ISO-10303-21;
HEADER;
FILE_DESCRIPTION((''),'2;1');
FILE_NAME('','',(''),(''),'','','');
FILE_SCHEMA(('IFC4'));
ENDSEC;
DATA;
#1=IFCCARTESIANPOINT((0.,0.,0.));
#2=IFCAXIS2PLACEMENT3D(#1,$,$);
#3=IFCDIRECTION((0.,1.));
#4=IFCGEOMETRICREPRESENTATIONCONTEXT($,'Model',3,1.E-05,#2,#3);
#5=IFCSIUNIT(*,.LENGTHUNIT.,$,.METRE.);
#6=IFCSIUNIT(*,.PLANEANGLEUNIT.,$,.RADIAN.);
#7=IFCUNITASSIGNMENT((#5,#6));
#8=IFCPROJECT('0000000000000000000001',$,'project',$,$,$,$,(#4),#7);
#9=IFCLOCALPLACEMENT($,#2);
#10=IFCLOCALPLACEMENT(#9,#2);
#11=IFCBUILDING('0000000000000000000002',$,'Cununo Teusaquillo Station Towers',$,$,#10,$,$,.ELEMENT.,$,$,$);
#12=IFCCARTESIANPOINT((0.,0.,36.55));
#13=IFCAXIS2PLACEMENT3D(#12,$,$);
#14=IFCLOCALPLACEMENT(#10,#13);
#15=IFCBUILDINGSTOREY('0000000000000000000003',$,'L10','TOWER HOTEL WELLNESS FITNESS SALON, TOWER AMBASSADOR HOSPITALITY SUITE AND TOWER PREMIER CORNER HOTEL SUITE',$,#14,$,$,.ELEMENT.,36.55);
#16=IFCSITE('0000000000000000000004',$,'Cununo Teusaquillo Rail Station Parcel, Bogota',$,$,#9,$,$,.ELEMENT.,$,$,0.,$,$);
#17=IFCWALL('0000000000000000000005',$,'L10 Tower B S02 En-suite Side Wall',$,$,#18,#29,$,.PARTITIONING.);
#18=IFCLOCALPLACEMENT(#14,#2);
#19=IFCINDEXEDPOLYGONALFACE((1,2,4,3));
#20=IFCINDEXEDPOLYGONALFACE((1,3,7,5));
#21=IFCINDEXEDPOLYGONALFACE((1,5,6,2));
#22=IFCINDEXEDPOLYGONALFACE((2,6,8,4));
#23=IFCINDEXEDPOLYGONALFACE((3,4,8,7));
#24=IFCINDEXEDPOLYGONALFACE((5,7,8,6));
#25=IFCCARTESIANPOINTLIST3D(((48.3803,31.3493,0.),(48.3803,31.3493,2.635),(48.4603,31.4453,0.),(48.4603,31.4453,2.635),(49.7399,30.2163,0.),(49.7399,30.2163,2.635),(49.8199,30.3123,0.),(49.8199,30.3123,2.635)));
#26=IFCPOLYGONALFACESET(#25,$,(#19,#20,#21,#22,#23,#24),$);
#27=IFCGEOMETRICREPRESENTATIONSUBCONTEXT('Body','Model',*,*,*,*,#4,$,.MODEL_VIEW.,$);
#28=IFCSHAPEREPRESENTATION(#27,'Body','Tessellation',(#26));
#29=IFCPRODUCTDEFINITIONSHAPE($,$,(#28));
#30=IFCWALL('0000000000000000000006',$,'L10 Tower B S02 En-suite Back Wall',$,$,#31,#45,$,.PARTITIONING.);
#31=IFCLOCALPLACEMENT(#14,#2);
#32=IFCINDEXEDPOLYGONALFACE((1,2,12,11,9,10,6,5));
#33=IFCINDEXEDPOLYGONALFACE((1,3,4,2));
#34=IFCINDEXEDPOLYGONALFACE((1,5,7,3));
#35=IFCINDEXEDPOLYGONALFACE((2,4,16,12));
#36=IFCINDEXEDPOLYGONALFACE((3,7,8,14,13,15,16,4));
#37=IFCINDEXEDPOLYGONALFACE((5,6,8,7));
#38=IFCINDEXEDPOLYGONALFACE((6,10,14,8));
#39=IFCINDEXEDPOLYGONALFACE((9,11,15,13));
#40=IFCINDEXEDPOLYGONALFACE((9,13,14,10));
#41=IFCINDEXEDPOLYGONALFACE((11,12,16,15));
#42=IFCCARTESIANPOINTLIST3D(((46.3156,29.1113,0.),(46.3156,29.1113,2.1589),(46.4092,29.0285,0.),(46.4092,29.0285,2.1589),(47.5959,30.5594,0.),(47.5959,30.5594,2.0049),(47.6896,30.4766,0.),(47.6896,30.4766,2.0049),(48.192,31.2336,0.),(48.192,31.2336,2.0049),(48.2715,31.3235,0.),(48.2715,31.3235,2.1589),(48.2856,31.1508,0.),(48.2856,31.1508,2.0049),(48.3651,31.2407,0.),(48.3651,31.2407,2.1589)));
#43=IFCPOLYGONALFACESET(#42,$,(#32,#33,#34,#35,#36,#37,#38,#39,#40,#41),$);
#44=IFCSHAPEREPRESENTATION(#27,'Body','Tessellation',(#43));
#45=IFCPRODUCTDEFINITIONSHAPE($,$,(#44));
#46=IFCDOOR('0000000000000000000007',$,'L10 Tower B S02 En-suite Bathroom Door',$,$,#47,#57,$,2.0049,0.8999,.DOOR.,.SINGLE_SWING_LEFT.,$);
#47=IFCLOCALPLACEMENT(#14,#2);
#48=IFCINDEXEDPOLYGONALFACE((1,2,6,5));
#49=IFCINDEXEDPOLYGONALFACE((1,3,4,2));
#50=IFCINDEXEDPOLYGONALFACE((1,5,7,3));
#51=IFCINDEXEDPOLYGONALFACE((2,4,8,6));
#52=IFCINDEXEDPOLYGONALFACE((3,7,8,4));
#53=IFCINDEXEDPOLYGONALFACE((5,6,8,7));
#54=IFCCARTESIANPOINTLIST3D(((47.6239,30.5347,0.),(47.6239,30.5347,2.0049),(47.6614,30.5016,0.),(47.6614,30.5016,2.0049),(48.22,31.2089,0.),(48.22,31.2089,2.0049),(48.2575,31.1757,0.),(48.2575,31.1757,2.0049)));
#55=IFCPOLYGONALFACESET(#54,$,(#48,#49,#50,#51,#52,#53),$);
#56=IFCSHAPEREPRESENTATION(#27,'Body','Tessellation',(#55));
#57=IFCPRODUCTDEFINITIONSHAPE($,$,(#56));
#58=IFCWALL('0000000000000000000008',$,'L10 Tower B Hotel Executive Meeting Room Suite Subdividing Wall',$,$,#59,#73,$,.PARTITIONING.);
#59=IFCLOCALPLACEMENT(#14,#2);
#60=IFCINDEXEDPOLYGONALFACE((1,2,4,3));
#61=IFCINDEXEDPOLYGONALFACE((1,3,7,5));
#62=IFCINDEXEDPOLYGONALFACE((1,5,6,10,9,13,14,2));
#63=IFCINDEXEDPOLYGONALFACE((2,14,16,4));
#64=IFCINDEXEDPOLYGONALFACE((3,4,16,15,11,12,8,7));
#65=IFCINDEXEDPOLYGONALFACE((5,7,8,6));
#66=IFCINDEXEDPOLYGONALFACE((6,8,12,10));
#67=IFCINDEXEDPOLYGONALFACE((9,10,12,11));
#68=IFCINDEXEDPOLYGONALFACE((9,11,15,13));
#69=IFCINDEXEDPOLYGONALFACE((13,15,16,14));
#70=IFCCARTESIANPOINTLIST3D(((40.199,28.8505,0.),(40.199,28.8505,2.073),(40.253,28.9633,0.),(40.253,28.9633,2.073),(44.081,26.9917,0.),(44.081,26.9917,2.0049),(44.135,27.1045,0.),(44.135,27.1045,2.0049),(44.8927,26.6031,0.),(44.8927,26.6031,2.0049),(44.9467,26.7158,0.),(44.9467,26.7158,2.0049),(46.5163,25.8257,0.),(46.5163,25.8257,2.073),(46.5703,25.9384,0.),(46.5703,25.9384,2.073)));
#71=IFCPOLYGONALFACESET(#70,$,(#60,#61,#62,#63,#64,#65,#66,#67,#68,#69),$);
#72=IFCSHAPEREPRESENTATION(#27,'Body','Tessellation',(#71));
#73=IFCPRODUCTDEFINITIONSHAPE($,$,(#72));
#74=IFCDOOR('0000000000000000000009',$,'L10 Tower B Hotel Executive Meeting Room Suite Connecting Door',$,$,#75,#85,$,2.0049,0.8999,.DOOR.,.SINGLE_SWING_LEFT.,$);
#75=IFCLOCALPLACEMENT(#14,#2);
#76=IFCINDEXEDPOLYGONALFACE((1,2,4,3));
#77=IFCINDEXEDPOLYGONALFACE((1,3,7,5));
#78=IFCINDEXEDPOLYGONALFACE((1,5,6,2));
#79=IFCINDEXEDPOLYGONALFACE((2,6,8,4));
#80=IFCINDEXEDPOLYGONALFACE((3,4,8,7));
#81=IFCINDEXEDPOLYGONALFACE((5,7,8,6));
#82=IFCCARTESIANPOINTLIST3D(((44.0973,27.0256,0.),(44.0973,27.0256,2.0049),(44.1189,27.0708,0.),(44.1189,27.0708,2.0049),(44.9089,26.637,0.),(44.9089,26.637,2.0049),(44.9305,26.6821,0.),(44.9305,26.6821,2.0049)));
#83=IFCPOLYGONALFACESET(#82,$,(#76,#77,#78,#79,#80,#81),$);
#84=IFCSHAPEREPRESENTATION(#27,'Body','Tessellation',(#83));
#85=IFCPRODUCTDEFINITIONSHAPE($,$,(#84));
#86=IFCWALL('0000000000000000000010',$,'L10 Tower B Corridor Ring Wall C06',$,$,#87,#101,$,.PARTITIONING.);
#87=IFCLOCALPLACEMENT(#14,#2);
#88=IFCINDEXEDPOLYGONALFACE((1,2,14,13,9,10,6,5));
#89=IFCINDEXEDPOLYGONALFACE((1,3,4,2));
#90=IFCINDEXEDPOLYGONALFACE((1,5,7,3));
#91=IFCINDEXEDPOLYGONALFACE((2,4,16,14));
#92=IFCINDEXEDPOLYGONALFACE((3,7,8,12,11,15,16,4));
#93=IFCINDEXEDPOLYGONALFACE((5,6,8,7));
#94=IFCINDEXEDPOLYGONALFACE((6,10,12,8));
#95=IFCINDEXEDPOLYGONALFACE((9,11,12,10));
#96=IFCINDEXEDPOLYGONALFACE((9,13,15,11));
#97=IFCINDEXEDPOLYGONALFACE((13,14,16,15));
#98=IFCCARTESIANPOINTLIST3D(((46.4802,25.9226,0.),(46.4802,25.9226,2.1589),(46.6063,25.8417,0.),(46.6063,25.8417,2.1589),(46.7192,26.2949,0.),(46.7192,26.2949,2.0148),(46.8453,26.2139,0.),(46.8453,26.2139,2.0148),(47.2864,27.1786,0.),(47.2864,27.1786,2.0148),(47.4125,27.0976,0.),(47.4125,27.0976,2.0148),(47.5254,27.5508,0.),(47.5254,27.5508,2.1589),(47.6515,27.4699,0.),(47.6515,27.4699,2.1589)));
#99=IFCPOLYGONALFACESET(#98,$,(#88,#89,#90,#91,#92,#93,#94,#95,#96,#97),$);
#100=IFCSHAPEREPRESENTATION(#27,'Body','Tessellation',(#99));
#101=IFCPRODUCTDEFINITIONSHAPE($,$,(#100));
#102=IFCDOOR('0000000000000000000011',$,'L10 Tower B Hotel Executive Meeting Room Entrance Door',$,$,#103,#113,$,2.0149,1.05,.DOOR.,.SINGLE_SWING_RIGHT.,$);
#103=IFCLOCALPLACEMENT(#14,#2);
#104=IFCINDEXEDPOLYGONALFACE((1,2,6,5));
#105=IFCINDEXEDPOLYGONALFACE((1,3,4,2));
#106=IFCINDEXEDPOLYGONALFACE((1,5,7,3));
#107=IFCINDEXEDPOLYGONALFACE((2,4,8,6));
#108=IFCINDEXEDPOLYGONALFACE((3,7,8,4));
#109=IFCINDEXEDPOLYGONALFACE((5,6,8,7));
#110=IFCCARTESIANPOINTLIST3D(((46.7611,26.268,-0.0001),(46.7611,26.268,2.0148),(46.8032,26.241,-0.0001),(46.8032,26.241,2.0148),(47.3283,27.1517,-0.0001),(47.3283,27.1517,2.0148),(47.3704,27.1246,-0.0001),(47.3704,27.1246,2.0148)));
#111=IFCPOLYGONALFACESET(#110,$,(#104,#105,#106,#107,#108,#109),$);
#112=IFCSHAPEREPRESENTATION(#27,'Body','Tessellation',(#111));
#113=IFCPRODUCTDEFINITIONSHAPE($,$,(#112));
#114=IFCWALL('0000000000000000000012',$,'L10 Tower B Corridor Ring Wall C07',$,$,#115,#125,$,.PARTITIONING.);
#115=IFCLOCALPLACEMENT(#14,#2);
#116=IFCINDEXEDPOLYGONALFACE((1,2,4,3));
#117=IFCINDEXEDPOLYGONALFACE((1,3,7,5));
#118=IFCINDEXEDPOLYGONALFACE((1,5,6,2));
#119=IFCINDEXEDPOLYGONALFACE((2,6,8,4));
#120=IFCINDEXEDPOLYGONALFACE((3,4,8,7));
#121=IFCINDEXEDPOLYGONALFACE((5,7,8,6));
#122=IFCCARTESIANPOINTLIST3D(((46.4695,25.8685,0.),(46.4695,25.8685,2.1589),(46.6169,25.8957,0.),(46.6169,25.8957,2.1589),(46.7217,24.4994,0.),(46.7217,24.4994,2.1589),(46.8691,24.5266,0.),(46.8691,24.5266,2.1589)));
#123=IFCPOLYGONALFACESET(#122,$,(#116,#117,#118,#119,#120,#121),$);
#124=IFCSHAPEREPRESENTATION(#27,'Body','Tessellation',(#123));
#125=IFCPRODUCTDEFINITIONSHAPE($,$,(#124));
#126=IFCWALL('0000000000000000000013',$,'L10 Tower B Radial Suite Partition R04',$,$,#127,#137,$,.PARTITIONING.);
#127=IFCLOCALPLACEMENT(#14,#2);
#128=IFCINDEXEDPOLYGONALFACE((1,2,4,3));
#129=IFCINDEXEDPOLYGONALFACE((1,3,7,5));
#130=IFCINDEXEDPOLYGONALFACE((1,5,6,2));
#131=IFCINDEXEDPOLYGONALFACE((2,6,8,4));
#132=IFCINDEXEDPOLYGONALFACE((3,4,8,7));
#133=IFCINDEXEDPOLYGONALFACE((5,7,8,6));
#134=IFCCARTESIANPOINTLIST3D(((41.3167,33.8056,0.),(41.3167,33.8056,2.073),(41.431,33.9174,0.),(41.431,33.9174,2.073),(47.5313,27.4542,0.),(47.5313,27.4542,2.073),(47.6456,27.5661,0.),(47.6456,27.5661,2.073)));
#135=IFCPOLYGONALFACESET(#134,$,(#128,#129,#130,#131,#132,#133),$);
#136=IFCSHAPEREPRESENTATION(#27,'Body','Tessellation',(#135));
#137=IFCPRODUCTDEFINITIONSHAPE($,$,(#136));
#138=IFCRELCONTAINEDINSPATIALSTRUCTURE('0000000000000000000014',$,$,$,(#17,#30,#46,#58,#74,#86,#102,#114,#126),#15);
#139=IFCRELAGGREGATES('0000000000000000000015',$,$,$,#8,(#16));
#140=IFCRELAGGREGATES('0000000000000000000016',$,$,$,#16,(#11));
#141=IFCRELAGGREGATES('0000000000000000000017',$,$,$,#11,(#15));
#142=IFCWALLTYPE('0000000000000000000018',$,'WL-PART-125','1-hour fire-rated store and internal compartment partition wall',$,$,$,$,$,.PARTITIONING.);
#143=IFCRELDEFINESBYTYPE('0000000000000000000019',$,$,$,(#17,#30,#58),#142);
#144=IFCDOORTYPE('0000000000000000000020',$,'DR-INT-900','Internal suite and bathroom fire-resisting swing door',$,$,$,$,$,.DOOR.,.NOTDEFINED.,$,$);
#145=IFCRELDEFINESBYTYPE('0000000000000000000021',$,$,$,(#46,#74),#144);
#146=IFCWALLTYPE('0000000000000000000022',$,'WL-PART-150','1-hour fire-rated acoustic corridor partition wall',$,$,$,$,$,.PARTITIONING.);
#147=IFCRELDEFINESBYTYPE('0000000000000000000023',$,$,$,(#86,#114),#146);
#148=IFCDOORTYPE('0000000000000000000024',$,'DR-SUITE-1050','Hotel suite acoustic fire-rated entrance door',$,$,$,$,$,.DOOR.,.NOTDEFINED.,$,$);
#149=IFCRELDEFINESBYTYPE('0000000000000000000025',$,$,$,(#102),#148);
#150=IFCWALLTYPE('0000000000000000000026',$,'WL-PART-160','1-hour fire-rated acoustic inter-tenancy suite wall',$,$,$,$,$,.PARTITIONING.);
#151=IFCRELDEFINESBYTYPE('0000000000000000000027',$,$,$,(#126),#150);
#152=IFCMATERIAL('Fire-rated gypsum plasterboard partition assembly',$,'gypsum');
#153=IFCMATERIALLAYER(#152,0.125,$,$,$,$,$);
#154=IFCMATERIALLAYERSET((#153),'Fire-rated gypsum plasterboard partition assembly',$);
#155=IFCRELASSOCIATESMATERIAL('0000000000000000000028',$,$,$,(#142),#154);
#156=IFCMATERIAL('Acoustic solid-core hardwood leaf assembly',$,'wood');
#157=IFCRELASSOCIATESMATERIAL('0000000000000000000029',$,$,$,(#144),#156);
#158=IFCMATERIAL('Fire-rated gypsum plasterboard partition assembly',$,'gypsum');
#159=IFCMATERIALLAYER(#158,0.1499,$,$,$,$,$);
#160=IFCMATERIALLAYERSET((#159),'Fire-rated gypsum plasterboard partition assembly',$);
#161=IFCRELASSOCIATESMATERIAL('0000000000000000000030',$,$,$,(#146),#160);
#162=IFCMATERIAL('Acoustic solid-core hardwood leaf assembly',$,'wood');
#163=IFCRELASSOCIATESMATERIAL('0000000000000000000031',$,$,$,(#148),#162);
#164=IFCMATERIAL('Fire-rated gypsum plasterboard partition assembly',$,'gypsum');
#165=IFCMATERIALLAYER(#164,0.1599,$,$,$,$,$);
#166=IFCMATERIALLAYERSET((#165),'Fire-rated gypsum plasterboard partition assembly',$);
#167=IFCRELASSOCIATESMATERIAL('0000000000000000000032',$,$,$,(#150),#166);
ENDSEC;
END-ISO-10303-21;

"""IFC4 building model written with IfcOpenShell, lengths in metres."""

from ifc_helpers import new_model, si_unit, direction, frame, frame_2d, origin, place, context, subcontext, project, spatial, rectangle, extrude, source, transform, mapped, material, layer, layer_set, type_object, element, fill, save


model = new_model("IFC4")

# Units and contexts
model_context = context("Model", 3, precision=1e-05, world=origin(), true_north=direction((0.0, 1.0)))
body_context = subcontext(model_context, "Body", "Model", "MODEL_VIEW")
ifc_project = project(units=[si_unit("LENGTHUNIT", "METRE"), si_unit("PLANEANGLEUNIT", "RADIAN")], contexts=[model_context])

# Site, building, storey
site_placement = place(None, origin())
site = spatial("IfcSite", under=ifc_project, at=site_placement, Name="Cununo Teusaquillo Rail Station Parcel, Bogota", CompositionType="ELEMENT", RefElevation=0.0)
building_placement = place(site_placement, origin())
building = spatial("IfcBuilding", under=site, at=building_placement, Name="Cununo Teusaquillo Station Towers", CompositionType="ELEMENT")
storey_placement = place(building_placement, frame((0.0, 0.0, 36.55)))
storey = spatial("IfcBuildingStorey", under=building, at=storey_placement, Name="L10", Description="TOWER HOTEL WELLNESS FITNESS SALON, TOWER AMBASSADOR HOSPITALITY SUITE AND TOWER PREMIER CORNER HOTEL SUITE", CompositionType="ELEMENT", Elevation=36.55)

# Wall
ifc_material_1 = material(Name="Fire-rated gypsum plasterboard partition assembly", Category="gypsum")
ifc_layer_1 = layer(ifc_material_1, 0.125)
ifc_layer_set_1 = layer_set([ifc_layer_1], Name="Fire-rated gypsum plasterboard partition assembly")
wall_type_1 = type_object("IfcWallType", Name="WL-PART-125", Description="1-hour fire-rated store and internal compartment partition wall", PredefinedType="PARTITIONING", material=ifc_layer_set_1)
wall_1_placement = place(storey_placement, frame((49.7798, 30.2644, 0.0), z_axis=(0.0, 0.0, 1.0), x_axis=(-0.76821, 0.640198, 0.0)))
element("IfcWall", 1, at=wall_1_placement, inside=storey, type_object=wall_type_1, Name="L10 Tower B S02 En-suite Side Wall", PredefinedType="PARTITIONING", context=body_context, shape_type="SweptSolid", body=[
    extrude(rectangle(XDim=1.7698, YDim=0.125, at=frame_2d((0.8848, 0.0))), origin(), (0.0, 0.0, 1.0), 2.635),
])

# Walls, openings, doors
wall_2_placement = place(storey_placement, frame((48.3184, 31.2822, 0.0), z_axis=(0.0, 0.0, 1.0), x_axis=(-0.662365, -0.749181, 0.0)))
wall_2 = element("IfcWall", 2, at=wall_2_placement, inside=storey, type_object=wall_type_1, Name="L10 Tower B S02 En-suite Back Wall", PredefinedType="PARTITIONING", context=body_context, shape_type="SweptSolid", body=[
    extrude(rectangle(XDim=2.9529, YDim=0.125, at=frame_2d((1.4766, 0.0))), origin(), (0.0, 0.0, 1.0), 2.1589),
])
shared_shape_1 = source(origin(), body_context, "Body", "SweptSolid", [
    extrude(rectangle(XDim=0.8999, YDim=2.0049, at=frame_2d((0.45, 1.0024))), frame((0.0, 0.0725, 0.0), z_axis=(0.0, -1.0, 0.0), x_axis=(1.0, 0.0, 0.0)), (0.0, 0.0, 1.0), 0.145),
])
opening_1_placement = place(wall_2_placement, frame((0.1201, 0.0, 0.0)))
opening_1 = element("IfcOpeningElement", 3, at=opening_1_placement, cuts=wall_2, PredefinedType="OPENING", context=body_context, shape_type="MappedRepresentation", body=[
    mapped(shared_shape_1, transform((0.0, 0.0, 0.0), x_axis=(1.0, 0.0, 0.0), y_axis=(0.0, 1.0, 0.0), z_axis=(0.0, 0.0, 1.0), scale=1.0)),
])
ifc_material_2 = material(Name="Acoustic solid-core hardwood leaf assembly", Category="wood")
door_type_1 = type_object("IfcDoorType", Name="DR-INT-900", Description="Internal suite and bathroom fire-resisting swing door", OperationType="NOTDEFINED", PredefinedType="DOOR", material=ifc_material_2)
shared_shape_2 = source(origin(), body_context, "Body", "SweptSolid", [
    extrude(rectangle(XDim=0.8999, YDim=2.0049, at=frame_2d((0.45, 1.0024))), frame((0.0, 0.0249, 0.0), z_axis=(0.0, -1.0, 0.0), x_axis=(1.0, 0.0, 0.0)), (0.0, 0.0, 1.0), 0.05),
])
door_1_placement = place(opening_1_placement, origin())
door_1 = element("IfcDoor", 4, at=door_1_placement, inside=storey, type_object=door_type_1, Name="L10 Tower B S02 En-suite Bathroom Door", OperationType="SINGLE_SWING_LEFT", OverallHeight=2.0049, OverallWidth=0.8999, PredefinedType="DOOR", context=body_context, shape_type="MappedRepresentation", body=[
    mapped(shared_shape_2, transform((0.0, 0.0, 0.0), x_axis=(1.0, 0.0, 0.0), y_axis=(0.0, 1.0, 0.0), z_axis=(0.0, 0.0, 1.0), scale=1.0)),
])
fill(opening_1, door_1)
wall_3_placement = place(storey_placement, frame((46.5432, 25.8821, 0.0), z_axis=(0.0, 0.0, 1.0), x_axis=(-0.901937, 0.431867, 0.0)))
wall_3 = element("IfcWall", 5, at=wall_3_placement, inside=storey, type_object=wall_type_1, Name="L10 Tower B Hotel Executive Meeting Room Suite Subdividing Wall", PredefinedType="PARTITIONING", context=body_context, shape_type="SweptSolid", body=[
    extrude(rectangle(XDim=7.0042, YDim=0.125, at=frame_2d((3.502, 0.0))), origin(), (0.0, 0.0, 1.0), 2.073),
])
opening_2_placement = place(wall_3_placement, frame((1.8, 0.0, 0.0)))
opening_2 = element("IfcOpeningElement", 6, at=opening_2_placement, cuts=wall_3, PredefinedType="OPENING", context=body_context, shape_type="MappedRepresentation", body=[
    mapped(shared_shape_1, transform((0.0, 0.0, 0.0), x_axis=(1.0, 0.0, 0.0), y_axis=(0.0, 1.0, 0.0), z_axis=(0.0, 0.0, 1.0), scale=1.0)),
])
door_2_placement = place(opening_2_placement, origin())
door_2 = element("IfcDoor", 7, at=door_2_placement, inside=storey, type_object=door_type_1, Name="L10 Tower B Hotel Executive Meeting Room Suite Connecting Door", OperationType="SINGLE_SWING_LEFT", OverallHeight=2.0049, OverallWidth=0.8999, PredefinedType="DOOR", context=body_context, shape_type="MappedRepresentation", body=[
    mapped(shared_shape_2, transform((0.0, 0.0, 0.0), x_axis=(1.0, 0.0, 0.0), y_axis=(0.0, 1.0, 0.0), z_axis=(0.0, 0.0, 1.0), scale=1.0)),
])
fill(opening_2, door_2)
ifc_material_3 = material(Name="Fire-rated gypsum plasterboard partition assembly", Category="gypsum")
ifc_layer_2 = layer(ifc_material_3, 0.1499)
ifc_layer_set_2 = layer_set([ifc_layer_2], Name="Fire-rated gypsum plasterboard partition assembly")
wall_type_2 = type_object("IfcWallType", Name="WL-PART-150", Description="1-hour fire-rated acoustic corridor partition wall", PredefinedType="PARTITIONING", material=ifc_layer_set_2)
wall_4_placement = place(storey_placement, frame((47.5884, 27.5103, 0.0), z_axis=(0.0, 0.0, 1.0), x_axis=(-0.540203, -0.841535, 0.0)))
wall_4 = element("IfcWall", 8, at=wall_4_placement, inside=storey, type_object=wall_type_2, Name="L10 Tower B Corridor Ring Wall C06", PredefinedType="PARTITIONING", context=body_context, shape_type="SweptSolid", body=[
    extrude(rectangle(XDim=1.9348, YDim=0.1499, at=frame_2d((0.9673, 0.0))), origin(), (0.0, 0.0, 1.0), 2.1589),
])
shared_shape_3 = source(origin(), body_context, "Body", "SweptSolid", [
    extrude(rectangle(XDim=1.05, YDim=2.0149, at=frame_2d((0.5249, 1.0073))), frame((0.0, 0.085, 0.0), z_axis=(0.0, -1.0, 0.0), x_axis=(1.0, 0.0, 0.0)), (0.0, 0.0, 1.0), 0.1699),
])
opening_3_placement = place(wall_4_placement, frame((0.4424, 0.0, 0.0)))
opening_3 = element("IfcOpeningElement", 9, at=opening_3_placement, cuts=wall_4, PredefinedType="OPENING", context=body_context, shape_type="MappedRepresentation", body=[
    mapped(shared_shape_3, transform((0.0, 0.0, 0.0), x_axis=(1.0, 0.0, 0.0), y_axis=(0.0, 1.0, 0.0), z_axis=(0.0, 0.0, 1.0), scale=1.0)),
])
ifc_material_4 = material(Name="Acoustic solid-core hardwood leaf assembly", Category="wood")
door_type_2 = type_object("IfcDoorType", Name="DR-SUITE-1050", Description="Hotel suite acoustic fire-rated entrance door", OperationType="NOTDEFINED", PredefinedType="DOOR", material=ifc_material_4)
shared_shape_4 = source(origin(), body_context, "Body", "SweptSolid", [
    extrude(rectangle(XDim=1.05, YDim=2.0149, at=frame_2d((0.5249, 1.0073))), frame((0.0, 0.0249, 0.0), z_axis=(0.0, -1.0, 0.0), x_axis=(1.0, 0.0, 0.0)), (0.0, 0.0, 1.0), 0.05),
])
door_3_placement = place(opening_3_placement, origin())
door_3 = element("IfcDoor", 10, at=door_3_placement, inside=storey, type_object=door_type_2, Name="L10 Tower B Hotel Executive Meeting Room Entrance Door", OperationType="SINGLE_SWING_RIGHT", OverallHeight=2.0149, OverallWidth=1.05, PredefinedType="DOOR", context=body_context, shape_type="MappedRepresentation", body=[
    mapped(shared_shape_4, transform((0.0, 0.0, 0.0), x_axis=(1.0, 0.0, 0.0), y_axis=(0.0, 1.0, 0.0), z_axis=(0.0, 0.0, 1.0), scale=1.0)),
])
fill(opening_3, door_3)

# Walls
wall_5_placement = place(storey_placement, frame((46.5432, 25.8821, 0.0), z_axis=(0.0, 0.0, 1.0), x_axis=(0.181154, -0.983455, 0.0)))
element("IfcWall", 11, at=wall_5_placement, inside=storey, type_object=wall_type_2, Name="L10 Tower B Corridor Ring Wall C07", PredefinedType="PARTITIONING", context=body_context, shape_type="SweptSolid", body=[
    extrude(rectangle(XDim=1.3921, YDim=0.1499, at=frame_2d((0.696, 0.0))), origin(), (0.0, 0.0, 1.0), 2.1589),
])
ifc_material_5 = material(Name="Fire-rated gypsum plasterboard partition assembly", Category="gypsum")
ifc_layer_3 = layer(ifc_material_5, 0.1599)
ifc_layer_set_3 = layer_set([ifc_layer_3], Name="Fire-rated gypsum plasterboard partition assembly")
wall_type_3 = type_object("IfcWallType", Name="WL-PART-160", Description="1-hour fire-rated acoustic inter-tenancy suite wall", PredefinedType="PARTITIONING", material=ifc_layer_set_3)
wall_6_placement = place(storey_placement, frame((47.5884, 27.5103, 0.0), z_axis=(0.0, 0.0, 1.0), x_axis=(-0.699372, 0.714758, 0.0)))
element("IfcWall", 12, at=wall_6_placement, inside=storey, type_object=wall_type_3, Name="L10 Tower B Radial Suite Partition R04", PredefinedType="PARTITIONING", context=body_context, shape_type="SweptSolid", body=[
    extrude(rectangle(XDim=8.886, YDim=0.1599, at=frame_2d((4.4429, 0.0))), origin(), (0.0, 0.0, 1.0), 2.073),
])

save(model, "model.ifc")
